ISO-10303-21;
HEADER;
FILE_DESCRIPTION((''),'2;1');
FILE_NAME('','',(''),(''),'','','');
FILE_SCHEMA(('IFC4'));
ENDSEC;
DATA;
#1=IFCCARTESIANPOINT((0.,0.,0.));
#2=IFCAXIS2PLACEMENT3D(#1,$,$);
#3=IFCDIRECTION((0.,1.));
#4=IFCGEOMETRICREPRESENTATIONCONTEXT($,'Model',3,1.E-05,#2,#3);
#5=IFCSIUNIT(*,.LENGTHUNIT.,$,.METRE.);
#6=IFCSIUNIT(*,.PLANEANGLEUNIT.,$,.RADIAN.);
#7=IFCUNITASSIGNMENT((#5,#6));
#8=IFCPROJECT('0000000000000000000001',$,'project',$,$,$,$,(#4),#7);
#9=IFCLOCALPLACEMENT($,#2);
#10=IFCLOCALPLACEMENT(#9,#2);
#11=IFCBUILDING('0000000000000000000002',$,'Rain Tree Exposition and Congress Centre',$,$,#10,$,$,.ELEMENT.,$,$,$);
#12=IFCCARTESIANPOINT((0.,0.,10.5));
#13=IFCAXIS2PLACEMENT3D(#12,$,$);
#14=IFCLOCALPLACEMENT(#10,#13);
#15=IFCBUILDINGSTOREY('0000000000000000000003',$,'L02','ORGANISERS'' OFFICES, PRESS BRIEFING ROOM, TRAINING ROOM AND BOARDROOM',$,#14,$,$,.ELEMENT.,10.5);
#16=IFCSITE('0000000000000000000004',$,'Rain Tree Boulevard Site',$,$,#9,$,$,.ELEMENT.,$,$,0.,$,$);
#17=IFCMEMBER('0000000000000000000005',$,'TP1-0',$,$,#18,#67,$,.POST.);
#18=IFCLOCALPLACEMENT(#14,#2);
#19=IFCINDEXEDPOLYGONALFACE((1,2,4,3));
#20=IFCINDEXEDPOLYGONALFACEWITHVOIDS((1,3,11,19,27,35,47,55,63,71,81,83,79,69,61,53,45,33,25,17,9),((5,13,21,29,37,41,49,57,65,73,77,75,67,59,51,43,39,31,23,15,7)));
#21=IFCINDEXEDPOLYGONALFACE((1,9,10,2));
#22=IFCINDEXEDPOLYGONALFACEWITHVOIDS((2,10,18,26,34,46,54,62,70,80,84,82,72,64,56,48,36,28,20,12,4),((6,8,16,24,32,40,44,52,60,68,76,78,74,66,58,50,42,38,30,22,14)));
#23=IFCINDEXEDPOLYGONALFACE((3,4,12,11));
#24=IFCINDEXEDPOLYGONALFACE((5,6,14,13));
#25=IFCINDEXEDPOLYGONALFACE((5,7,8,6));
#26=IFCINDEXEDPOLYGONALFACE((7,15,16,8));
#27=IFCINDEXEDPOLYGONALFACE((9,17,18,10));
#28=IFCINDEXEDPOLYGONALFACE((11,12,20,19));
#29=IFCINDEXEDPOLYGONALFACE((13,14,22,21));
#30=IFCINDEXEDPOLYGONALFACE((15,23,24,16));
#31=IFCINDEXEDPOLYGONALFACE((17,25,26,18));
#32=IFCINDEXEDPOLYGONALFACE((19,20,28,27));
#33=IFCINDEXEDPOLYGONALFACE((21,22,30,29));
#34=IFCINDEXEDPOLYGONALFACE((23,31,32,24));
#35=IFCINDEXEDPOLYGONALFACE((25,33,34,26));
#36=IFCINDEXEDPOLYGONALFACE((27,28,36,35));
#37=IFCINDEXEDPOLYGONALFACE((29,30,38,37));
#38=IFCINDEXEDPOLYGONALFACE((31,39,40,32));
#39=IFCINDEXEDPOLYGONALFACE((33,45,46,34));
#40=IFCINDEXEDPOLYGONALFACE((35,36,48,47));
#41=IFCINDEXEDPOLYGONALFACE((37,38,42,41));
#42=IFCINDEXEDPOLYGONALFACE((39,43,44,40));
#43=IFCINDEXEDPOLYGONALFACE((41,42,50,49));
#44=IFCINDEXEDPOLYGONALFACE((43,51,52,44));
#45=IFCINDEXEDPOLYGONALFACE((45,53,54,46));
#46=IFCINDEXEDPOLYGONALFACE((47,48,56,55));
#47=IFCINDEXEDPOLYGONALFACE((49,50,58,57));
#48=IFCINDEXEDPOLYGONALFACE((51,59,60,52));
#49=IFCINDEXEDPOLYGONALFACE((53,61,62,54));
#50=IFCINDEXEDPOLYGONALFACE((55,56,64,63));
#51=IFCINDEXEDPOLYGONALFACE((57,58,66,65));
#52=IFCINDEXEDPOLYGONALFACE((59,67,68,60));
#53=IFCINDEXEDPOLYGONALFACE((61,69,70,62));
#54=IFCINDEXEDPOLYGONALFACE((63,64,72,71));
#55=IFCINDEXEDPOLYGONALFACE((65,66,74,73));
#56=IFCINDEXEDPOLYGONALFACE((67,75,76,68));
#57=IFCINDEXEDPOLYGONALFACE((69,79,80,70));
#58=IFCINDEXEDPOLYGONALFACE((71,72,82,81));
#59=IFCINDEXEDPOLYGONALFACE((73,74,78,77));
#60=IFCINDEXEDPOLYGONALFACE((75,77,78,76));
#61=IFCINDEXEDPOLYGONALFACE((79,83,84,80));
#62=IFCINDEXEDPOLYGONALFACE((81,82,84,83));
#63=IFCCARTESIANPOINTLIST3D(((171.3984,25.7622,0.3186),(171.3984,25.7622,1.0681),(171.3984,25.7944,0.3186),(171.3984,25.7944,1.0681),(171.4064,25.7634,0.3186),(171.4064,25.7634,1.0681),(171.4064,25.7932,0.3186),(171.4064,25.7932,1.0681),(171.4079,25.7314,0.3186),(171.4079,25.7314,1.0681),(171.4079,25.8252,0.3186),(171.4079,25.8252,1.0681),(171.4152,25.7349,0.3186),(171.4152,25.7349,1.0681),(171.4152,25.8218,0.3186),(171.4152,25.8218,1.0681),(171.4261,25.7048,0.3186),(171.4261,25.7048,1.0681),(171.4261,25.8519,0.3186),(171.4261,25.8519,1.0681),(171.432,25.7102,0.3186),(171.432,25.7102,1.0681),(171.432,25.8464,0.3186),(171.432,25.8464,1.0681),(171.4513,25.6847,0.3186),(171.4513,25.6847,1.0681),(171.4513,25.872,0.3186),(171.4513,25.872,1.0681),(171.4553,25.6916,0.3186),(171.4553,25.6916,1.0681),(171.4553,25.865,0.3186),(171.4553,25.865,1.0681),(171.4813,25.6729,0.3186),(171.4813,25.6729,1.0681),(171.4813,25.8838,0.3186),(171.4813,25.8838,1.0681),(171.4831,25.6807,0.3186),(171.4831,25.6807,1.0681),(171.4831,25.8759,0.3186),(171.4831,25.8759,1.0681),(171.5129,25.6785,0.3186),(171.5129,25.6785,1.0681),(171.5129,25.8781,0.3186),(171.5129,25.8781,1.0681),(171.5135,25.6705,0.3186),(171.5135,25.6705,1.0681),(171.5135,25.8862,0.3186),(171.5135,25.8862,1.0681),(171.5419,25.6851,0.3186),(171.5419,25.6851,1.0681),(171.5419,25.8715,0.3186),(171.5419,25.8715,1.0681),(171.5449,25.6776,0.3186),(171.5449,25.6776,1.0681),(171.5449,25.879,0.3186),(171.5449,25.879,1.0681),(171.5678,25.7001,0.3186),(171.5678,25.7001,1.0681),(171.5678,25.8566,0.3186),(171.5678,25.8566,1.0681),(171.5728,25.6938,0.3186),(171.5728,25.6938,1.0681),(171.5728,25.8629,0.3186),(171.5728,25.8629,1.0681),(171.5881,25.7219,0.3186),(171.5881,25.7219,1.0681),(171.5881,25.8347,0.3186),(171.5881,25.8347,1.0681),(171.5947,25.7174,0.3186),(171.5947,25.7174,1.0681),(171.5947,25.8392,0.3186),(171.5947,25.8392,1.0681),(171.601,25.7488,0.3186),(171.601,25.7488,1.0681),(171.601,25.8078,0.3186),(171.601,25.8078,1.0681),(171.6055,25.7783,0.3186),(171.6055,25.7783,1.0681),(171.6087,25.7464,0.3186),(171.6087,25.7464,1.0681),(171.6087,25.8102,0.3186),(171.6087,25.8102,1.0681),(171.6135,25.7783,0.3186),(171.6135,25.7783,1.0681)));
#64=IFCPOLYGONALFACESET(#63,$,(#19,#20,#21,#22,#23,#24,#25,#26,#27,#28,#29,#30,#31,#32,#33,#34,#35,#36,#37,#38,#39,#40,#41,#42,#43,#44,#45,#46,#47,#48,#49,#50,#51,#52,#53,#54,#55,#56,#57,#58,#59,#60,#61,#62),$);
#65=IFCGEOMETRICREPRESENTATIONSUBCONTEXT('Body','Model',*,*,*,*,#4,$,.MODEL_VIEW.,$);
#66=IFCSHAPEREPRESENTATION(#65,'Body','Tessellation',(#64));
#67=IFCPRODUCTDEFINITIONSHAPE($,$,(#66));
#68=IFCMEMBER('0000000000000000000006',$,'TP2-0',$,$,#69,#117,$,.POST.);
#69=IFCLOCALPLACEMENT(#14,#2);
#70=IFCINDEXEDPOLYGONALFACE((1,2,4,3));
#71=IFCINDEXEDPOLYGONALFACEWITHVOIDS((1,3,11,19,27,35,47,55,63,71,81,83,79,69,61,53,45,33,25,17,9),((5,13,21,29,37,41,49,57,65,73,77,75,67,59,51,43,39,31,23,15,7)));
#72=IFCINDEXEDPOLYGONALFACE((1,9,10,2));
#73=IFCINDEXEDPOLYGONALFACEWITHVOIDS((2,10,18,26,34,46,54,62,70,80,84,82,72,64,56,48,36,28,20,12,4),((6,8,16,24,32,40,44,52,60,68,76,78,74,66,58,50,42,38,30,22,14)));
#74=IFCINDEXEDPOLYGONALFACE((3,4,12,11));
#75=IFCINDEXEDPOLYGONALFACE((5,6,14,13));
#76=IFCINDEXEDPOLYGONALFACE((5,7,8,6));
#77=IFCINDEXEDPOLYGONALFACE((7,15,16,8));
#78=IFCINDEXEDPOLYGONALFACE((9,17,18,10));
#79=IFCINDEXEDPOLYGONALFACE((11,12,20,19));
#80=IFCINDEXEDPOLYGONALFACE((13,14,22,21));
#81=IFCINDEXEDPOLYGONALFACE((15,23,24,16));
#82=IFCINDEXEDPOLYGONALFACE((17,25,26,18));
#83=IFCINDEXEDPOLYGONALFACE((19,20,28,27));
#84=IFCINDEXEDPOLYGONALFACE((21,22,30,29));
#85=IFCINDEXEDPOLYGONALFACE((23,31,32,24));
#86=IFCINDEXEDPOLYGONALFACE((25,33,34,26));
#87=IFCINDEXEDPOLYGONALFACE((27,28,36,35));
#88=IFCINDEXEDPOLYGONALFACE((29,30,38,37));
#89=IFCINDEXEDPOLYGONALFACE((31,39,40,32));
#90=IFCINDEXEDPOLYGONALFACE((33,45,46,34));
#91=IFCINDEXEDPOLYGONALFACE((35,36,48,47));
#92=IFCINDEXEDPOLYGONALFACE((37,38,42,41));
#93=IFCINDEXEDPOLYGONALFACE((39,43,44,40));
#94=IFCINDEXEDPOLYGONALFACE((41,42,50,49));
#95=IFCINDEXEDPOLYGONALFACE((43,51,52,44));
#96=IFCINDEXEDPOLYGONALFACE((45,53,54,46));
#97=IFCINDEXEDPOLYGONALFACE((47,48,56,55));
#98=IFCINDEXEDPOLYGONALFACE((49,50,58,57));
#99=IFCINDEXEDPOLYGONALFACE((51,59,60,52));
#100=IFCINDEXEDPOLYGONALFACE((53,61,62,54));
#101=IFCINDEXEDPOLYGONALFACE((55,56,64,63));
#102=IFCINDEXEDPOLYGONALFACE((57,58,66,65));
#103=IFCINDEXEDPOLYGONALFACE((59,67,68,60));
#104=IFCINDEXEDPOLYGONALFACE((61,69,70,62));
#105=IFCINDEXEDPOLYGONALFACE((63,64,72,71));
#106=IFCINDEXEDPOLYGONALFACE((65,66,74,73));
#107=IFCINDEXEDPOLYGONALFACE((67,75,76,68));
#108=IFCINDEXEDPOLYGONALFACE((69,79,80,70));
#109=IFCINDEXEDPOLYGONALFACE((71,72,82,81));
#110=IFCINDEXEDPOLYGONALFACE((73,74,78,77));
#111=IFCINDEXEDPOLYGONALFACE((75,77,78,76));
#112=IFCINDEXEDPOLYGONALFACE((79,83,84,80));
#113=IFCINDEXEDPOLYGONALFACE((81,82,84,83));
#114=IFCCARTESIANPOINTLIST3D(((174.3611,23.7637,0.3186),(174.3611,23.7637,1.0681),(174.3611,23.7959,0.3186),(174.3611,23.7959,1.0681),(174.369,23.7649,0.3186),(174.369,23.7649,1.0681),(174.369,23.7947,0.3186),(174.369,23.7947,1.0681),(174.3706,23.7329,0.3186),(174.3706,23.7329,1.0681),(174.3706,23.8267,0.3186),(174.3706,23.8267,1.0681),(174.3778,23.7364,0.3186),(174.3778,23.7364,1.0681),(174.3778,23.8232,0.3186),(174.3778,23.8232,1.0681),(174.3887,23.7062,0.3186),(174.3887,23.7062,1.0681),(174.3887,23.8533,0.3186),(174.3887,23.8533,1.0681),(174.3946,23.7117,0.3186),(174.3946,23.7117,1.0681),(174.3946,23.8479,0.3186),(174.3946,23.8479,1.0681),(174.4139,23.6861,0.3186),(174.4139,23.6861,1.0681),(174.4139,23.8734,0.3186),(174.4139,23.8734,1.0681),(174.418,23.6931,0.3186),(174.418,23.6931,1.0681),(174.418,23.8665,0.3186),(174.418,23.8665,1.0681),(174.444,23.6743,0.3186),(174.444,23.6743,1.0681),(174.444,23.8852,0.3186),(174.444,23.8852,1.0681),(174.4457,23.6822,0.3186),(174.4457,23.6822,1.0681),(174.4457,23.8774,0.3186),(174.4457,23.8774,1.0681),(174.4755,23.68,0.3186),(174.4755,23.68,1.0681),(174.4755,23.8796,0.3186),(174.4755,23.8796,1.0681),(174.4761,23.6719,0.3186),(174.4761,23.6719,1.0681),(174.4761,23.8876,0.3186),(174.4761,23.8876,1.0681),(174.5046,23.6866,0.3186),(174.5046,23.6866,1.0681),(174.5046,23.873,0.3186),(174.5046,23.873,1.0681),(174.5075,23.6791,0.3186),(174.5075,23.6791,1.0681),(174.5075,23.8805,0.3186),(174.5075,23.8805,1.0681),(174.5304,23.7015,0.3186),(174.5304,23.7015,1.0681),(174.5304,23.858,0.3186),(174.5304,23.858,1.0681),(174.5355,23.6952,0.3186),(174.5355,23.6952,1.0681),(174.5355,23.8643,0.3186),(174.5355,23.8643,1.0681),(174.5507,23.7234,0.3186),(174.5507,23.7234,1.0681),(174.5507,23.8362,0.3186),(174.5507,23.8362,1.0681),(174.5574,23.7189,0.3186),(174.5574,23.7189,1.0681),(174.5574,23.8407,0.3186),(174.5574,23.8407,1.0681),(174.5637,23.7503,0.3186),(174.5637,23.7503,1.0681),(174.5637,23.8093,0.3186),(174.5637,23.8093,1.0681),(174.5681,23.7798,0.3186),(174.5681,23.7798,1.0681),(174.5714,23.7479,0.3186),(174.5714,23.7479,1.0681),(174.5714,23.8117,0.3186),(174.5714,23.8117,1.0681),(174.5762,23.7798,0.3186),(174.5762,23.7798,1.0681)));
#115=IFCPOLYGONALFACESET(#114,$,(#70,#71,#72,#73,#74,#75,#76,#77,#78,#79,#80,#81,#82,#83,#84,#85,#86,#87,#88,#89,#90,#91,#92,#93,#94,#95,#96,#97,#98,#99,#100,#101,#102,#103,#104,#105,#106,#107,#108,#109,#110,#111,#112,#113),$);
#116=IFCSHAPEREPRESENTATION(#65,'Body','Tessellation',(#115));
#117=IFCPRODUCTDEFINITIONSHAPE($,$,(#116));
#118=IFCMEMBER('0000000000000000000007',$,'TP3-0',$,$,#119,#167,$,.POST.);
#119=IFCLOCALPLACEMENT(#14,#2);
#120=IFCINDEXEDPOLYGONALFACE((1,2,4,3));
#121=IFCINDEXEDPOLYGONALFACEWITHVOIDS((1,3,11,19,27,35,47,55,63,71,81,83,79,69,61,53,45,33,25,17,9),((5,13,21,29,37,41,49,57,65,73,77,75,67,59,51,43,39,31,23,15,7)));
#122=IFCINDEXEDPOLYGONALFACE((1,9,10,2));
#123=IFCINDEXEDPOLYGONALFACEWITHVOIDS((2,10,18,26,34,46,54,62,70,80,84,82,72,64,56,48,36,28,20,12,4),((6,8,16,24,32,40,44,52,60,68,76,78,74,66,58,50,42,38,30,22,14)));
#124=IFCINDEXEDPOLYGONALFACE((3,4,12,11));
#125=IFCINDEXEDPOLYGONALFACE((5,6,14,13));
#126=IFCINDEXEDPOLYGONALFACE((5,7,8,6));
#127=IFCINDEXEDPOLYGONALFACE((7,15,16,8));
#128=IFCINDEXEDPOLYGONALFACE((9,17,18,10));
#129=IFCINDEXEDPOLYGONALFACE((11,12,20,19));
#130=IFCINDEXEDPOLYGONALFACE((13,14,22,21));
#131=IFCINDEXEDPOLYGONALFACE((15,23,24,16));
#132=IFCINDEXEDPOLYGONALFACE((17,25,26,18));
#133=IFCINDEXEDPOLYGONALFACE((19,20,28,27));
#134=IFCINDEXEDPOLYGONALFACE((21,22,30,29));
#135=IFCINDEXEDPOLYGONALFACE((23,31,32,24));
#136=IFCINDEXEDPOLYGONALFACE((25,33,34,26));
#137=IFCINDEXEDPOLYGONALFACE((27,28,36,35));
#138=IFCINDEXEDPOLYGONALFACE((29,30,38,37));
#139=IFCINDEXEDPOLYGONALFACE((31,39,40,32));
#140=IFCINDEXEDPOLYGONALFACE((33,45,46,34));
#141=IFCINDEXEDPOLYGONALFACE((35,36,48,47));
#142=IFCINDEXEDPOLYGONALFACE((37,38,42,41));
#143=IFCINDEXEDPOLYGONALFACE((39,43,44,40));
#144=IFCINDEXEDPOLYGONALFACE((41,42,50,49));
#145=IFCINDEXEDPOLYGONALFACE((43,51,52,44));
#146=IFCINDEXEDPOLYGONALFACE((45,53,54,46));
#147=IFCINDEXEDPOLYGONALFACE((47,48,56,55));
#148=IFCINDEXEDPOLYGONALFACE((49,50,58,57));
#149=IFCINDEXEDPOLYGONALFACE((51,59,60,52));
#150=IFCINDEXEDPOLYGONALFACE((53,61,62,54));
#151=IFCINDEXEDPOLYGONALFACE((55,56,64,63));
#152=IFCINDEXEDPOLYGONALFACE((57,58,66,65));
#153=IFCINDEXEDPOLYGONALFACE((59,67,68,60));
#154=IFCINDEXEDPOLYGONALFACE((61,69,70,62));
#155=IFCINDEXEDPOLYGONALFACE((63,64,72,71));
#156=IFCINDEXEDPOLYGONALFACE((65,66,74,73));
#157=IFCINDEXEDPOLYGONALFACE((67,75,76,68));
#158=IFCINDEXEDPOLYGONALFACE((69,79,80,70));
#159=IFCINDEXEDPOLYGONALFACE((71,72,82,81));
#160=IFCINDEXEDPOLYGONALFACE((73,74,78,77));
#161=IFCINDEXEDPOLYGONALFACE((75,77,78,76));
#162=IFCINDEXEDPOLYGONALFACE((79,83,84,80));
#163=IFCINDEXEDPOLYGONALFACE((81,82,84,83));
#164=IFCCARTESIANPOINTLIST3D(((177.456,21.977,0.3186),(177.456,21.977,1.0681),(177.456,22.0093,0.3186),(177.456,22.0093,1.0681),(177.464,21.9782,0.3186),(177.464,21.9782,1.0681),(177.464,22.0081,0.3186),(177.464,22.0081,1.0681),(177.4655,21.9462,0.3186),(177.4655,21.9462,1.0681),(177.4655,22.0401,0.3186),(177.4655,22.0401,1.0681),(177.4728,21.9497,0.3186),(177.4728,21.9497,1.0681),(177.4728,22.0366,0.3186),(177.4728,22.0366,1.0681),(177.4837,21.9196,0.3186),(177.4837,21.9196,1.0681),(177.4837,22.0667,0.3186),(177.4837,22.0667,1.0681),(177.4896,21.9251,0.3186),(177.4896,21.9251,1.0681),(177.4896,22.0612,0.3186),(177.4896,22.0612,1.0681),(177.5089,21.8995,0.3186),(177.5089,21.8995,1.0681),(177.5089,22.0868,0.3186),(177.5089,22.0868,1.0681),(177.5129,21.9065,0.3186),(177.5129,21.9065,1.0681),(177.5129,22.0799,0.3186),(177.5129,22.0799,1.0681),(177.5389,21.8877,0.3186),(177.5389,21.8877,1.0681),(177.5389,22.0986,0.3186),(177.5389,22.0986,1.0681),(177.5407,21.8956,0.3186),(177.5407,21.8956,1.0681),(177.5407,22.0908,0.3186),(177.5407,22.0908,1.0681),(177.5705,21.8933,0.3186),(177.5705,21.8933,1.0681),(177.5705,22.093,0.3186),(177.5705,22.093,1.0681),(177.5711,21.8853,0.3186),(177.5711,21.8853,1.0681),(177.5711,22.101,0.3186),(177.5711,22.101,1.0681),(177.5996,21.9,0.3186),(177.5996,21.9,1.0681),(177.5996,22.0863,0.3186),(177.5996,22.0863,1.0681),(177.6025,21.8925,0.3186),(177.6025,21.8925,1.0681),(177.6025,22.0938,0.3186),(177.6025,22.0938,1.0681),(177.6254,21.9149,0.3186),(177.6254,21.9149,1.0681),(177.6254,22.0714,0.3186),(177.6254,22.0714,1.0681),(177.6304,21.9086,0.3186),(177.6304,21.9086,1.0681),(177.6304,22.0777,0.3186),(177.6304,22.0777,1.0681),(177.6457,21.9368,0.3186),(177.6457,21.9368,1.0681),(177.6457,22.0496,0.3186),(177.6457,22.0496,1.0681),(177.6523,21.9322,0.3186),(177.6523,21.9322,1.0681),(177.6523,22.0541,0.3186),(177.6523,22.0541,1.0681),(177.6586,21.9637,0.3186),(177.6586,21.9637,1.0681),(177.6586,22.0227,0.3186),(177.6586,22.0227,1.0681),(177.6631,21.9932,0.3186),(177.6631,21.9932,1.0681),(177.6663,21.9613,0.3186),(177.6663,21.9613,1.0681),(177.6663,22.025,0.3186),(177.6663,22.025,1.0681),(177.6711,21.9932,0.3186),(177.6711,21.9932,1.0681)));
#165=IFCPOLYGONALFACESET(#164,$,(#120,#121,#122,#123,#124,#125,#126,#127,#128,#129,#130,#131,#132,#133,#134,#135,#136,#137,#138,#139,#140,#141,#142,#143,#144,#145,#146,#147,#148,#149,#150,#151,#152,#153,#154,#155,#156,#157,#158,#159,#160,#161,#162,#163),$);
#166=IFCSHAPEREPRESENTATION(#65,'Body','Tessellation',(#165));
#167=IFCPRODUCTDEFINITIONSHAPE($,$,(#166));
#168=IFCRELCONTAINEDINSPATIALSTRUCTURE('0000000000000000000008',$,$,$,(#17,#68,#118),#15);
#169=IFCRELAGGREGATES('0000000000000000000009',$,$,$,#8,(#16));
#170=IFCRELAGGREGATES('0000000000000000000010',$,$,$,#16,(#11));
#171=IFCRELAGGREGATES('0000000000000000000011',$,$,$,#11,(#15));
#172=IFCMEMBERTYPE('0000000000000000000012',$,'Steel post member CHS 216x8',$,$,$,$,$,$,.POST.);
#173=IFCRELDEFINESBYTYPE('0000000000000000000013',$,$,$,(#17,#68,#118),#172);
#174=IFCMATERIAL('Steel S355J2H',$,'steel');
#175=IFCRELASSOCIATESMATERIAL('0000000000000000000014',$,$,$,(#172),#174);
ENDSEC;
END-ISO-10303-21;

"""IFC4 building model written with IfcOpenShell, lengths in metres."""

from ifc_helpers import new_model, si_unit, direction, frame, origin, origin_2d, place, context, subcontext, project, spatial, hollow_circle, extrude, material, material_profile, profile_set, type_object, element, save


model = new_model("IFC4")

# Units and contexts
model_context = context("Model", 3, precision=1e-05, world=origin(), true_north=direction((0.0, 1.0)))
body_context = subcontext(model_context, "Body", "Model", "MODEL_VIEW")
ifc_project = project(units=[si_unit("LENGTHUNIT", "METRE"), si_unit("PLANEANGLEUNIT", "RADIAN")], contexts=[model_context])

# Site, building, storey
site_placement = place(None, origin())
site = spatial("IfcSite", under=ifc_project, at=site_placement, Name="Rain Tree Boulevard Site", CompositionType="ELEMENT", RefElevation=0.0)
building_placement = place(site_placement, origin())
building = spatial("IfcBuilding", under=site, at=building_placement, Name="Rain Tree Exposition and Congress Centre", CompositionType="ELEMENT")
storey_placement = place(building_placement, frame((0.0, 0.0, 10.5)))
storey = spatial("IfcBuildingStorey", under=building, at=storey_placement, Name="L02", Description="ORGANISERS' OFFICES, PRESS BRIEFING ROOM, TRAINING ROOM AND BOARDROOM", CompositionType="ELEMENT", Elevation=10.5)

# Members
ifc_material_1 = material(Name="Steel S355J2H", Category="steel")
ifc_material_profile_1 = material_profile(ifc_material_1, hollow_circle(Radius=0.1082, WallThickness=0.0081, at=origin_2d()), Name="CHS 216x8")
ifc_profile_set_1 = profile_set([ifc_material_profile_1], Name="Steel S355J2H")
member_type_1 = type_object("IfcMemberType", Name="Steel post member CHS 216x8", PredefinedType="POST", material=ifc_profile_set_1)
for number, where, z_axis, x_axis, name in (
    (1, (171.5054, 25.7783, 0.3186), (0.0, 0.0, 1.0), (1.0, 0.0, 0.0), "TP1-0"),
    (2, (174.468, 23.7798, 0.3186), (0.0, 0.0, 1.0), (1.0, 0.0, 0.0), "TP2-0"),
    (3, (177.563, 21.9932, 0.3186), (0.0, 0.0, 1.0), (1.0, 0.0, 0.0), "TP3-0"),
):
    element("IfcMember", number, at=place(storey_placement, frame(where, z_axis=z_axis, x_axis=x_axis)), inside=storey, type_object=member_type_1, Name=name, PredefinedType="POST", context=body_context, shape_type="SweptSolid", body=[
        extrude(hollow_circle(Radius=0.1082, WallThickness=0.0081, at=origin_2d()), origin(), (0.0, 0.0, 1.0), 0.7495),
    ])

save(model, "model.ifc")
